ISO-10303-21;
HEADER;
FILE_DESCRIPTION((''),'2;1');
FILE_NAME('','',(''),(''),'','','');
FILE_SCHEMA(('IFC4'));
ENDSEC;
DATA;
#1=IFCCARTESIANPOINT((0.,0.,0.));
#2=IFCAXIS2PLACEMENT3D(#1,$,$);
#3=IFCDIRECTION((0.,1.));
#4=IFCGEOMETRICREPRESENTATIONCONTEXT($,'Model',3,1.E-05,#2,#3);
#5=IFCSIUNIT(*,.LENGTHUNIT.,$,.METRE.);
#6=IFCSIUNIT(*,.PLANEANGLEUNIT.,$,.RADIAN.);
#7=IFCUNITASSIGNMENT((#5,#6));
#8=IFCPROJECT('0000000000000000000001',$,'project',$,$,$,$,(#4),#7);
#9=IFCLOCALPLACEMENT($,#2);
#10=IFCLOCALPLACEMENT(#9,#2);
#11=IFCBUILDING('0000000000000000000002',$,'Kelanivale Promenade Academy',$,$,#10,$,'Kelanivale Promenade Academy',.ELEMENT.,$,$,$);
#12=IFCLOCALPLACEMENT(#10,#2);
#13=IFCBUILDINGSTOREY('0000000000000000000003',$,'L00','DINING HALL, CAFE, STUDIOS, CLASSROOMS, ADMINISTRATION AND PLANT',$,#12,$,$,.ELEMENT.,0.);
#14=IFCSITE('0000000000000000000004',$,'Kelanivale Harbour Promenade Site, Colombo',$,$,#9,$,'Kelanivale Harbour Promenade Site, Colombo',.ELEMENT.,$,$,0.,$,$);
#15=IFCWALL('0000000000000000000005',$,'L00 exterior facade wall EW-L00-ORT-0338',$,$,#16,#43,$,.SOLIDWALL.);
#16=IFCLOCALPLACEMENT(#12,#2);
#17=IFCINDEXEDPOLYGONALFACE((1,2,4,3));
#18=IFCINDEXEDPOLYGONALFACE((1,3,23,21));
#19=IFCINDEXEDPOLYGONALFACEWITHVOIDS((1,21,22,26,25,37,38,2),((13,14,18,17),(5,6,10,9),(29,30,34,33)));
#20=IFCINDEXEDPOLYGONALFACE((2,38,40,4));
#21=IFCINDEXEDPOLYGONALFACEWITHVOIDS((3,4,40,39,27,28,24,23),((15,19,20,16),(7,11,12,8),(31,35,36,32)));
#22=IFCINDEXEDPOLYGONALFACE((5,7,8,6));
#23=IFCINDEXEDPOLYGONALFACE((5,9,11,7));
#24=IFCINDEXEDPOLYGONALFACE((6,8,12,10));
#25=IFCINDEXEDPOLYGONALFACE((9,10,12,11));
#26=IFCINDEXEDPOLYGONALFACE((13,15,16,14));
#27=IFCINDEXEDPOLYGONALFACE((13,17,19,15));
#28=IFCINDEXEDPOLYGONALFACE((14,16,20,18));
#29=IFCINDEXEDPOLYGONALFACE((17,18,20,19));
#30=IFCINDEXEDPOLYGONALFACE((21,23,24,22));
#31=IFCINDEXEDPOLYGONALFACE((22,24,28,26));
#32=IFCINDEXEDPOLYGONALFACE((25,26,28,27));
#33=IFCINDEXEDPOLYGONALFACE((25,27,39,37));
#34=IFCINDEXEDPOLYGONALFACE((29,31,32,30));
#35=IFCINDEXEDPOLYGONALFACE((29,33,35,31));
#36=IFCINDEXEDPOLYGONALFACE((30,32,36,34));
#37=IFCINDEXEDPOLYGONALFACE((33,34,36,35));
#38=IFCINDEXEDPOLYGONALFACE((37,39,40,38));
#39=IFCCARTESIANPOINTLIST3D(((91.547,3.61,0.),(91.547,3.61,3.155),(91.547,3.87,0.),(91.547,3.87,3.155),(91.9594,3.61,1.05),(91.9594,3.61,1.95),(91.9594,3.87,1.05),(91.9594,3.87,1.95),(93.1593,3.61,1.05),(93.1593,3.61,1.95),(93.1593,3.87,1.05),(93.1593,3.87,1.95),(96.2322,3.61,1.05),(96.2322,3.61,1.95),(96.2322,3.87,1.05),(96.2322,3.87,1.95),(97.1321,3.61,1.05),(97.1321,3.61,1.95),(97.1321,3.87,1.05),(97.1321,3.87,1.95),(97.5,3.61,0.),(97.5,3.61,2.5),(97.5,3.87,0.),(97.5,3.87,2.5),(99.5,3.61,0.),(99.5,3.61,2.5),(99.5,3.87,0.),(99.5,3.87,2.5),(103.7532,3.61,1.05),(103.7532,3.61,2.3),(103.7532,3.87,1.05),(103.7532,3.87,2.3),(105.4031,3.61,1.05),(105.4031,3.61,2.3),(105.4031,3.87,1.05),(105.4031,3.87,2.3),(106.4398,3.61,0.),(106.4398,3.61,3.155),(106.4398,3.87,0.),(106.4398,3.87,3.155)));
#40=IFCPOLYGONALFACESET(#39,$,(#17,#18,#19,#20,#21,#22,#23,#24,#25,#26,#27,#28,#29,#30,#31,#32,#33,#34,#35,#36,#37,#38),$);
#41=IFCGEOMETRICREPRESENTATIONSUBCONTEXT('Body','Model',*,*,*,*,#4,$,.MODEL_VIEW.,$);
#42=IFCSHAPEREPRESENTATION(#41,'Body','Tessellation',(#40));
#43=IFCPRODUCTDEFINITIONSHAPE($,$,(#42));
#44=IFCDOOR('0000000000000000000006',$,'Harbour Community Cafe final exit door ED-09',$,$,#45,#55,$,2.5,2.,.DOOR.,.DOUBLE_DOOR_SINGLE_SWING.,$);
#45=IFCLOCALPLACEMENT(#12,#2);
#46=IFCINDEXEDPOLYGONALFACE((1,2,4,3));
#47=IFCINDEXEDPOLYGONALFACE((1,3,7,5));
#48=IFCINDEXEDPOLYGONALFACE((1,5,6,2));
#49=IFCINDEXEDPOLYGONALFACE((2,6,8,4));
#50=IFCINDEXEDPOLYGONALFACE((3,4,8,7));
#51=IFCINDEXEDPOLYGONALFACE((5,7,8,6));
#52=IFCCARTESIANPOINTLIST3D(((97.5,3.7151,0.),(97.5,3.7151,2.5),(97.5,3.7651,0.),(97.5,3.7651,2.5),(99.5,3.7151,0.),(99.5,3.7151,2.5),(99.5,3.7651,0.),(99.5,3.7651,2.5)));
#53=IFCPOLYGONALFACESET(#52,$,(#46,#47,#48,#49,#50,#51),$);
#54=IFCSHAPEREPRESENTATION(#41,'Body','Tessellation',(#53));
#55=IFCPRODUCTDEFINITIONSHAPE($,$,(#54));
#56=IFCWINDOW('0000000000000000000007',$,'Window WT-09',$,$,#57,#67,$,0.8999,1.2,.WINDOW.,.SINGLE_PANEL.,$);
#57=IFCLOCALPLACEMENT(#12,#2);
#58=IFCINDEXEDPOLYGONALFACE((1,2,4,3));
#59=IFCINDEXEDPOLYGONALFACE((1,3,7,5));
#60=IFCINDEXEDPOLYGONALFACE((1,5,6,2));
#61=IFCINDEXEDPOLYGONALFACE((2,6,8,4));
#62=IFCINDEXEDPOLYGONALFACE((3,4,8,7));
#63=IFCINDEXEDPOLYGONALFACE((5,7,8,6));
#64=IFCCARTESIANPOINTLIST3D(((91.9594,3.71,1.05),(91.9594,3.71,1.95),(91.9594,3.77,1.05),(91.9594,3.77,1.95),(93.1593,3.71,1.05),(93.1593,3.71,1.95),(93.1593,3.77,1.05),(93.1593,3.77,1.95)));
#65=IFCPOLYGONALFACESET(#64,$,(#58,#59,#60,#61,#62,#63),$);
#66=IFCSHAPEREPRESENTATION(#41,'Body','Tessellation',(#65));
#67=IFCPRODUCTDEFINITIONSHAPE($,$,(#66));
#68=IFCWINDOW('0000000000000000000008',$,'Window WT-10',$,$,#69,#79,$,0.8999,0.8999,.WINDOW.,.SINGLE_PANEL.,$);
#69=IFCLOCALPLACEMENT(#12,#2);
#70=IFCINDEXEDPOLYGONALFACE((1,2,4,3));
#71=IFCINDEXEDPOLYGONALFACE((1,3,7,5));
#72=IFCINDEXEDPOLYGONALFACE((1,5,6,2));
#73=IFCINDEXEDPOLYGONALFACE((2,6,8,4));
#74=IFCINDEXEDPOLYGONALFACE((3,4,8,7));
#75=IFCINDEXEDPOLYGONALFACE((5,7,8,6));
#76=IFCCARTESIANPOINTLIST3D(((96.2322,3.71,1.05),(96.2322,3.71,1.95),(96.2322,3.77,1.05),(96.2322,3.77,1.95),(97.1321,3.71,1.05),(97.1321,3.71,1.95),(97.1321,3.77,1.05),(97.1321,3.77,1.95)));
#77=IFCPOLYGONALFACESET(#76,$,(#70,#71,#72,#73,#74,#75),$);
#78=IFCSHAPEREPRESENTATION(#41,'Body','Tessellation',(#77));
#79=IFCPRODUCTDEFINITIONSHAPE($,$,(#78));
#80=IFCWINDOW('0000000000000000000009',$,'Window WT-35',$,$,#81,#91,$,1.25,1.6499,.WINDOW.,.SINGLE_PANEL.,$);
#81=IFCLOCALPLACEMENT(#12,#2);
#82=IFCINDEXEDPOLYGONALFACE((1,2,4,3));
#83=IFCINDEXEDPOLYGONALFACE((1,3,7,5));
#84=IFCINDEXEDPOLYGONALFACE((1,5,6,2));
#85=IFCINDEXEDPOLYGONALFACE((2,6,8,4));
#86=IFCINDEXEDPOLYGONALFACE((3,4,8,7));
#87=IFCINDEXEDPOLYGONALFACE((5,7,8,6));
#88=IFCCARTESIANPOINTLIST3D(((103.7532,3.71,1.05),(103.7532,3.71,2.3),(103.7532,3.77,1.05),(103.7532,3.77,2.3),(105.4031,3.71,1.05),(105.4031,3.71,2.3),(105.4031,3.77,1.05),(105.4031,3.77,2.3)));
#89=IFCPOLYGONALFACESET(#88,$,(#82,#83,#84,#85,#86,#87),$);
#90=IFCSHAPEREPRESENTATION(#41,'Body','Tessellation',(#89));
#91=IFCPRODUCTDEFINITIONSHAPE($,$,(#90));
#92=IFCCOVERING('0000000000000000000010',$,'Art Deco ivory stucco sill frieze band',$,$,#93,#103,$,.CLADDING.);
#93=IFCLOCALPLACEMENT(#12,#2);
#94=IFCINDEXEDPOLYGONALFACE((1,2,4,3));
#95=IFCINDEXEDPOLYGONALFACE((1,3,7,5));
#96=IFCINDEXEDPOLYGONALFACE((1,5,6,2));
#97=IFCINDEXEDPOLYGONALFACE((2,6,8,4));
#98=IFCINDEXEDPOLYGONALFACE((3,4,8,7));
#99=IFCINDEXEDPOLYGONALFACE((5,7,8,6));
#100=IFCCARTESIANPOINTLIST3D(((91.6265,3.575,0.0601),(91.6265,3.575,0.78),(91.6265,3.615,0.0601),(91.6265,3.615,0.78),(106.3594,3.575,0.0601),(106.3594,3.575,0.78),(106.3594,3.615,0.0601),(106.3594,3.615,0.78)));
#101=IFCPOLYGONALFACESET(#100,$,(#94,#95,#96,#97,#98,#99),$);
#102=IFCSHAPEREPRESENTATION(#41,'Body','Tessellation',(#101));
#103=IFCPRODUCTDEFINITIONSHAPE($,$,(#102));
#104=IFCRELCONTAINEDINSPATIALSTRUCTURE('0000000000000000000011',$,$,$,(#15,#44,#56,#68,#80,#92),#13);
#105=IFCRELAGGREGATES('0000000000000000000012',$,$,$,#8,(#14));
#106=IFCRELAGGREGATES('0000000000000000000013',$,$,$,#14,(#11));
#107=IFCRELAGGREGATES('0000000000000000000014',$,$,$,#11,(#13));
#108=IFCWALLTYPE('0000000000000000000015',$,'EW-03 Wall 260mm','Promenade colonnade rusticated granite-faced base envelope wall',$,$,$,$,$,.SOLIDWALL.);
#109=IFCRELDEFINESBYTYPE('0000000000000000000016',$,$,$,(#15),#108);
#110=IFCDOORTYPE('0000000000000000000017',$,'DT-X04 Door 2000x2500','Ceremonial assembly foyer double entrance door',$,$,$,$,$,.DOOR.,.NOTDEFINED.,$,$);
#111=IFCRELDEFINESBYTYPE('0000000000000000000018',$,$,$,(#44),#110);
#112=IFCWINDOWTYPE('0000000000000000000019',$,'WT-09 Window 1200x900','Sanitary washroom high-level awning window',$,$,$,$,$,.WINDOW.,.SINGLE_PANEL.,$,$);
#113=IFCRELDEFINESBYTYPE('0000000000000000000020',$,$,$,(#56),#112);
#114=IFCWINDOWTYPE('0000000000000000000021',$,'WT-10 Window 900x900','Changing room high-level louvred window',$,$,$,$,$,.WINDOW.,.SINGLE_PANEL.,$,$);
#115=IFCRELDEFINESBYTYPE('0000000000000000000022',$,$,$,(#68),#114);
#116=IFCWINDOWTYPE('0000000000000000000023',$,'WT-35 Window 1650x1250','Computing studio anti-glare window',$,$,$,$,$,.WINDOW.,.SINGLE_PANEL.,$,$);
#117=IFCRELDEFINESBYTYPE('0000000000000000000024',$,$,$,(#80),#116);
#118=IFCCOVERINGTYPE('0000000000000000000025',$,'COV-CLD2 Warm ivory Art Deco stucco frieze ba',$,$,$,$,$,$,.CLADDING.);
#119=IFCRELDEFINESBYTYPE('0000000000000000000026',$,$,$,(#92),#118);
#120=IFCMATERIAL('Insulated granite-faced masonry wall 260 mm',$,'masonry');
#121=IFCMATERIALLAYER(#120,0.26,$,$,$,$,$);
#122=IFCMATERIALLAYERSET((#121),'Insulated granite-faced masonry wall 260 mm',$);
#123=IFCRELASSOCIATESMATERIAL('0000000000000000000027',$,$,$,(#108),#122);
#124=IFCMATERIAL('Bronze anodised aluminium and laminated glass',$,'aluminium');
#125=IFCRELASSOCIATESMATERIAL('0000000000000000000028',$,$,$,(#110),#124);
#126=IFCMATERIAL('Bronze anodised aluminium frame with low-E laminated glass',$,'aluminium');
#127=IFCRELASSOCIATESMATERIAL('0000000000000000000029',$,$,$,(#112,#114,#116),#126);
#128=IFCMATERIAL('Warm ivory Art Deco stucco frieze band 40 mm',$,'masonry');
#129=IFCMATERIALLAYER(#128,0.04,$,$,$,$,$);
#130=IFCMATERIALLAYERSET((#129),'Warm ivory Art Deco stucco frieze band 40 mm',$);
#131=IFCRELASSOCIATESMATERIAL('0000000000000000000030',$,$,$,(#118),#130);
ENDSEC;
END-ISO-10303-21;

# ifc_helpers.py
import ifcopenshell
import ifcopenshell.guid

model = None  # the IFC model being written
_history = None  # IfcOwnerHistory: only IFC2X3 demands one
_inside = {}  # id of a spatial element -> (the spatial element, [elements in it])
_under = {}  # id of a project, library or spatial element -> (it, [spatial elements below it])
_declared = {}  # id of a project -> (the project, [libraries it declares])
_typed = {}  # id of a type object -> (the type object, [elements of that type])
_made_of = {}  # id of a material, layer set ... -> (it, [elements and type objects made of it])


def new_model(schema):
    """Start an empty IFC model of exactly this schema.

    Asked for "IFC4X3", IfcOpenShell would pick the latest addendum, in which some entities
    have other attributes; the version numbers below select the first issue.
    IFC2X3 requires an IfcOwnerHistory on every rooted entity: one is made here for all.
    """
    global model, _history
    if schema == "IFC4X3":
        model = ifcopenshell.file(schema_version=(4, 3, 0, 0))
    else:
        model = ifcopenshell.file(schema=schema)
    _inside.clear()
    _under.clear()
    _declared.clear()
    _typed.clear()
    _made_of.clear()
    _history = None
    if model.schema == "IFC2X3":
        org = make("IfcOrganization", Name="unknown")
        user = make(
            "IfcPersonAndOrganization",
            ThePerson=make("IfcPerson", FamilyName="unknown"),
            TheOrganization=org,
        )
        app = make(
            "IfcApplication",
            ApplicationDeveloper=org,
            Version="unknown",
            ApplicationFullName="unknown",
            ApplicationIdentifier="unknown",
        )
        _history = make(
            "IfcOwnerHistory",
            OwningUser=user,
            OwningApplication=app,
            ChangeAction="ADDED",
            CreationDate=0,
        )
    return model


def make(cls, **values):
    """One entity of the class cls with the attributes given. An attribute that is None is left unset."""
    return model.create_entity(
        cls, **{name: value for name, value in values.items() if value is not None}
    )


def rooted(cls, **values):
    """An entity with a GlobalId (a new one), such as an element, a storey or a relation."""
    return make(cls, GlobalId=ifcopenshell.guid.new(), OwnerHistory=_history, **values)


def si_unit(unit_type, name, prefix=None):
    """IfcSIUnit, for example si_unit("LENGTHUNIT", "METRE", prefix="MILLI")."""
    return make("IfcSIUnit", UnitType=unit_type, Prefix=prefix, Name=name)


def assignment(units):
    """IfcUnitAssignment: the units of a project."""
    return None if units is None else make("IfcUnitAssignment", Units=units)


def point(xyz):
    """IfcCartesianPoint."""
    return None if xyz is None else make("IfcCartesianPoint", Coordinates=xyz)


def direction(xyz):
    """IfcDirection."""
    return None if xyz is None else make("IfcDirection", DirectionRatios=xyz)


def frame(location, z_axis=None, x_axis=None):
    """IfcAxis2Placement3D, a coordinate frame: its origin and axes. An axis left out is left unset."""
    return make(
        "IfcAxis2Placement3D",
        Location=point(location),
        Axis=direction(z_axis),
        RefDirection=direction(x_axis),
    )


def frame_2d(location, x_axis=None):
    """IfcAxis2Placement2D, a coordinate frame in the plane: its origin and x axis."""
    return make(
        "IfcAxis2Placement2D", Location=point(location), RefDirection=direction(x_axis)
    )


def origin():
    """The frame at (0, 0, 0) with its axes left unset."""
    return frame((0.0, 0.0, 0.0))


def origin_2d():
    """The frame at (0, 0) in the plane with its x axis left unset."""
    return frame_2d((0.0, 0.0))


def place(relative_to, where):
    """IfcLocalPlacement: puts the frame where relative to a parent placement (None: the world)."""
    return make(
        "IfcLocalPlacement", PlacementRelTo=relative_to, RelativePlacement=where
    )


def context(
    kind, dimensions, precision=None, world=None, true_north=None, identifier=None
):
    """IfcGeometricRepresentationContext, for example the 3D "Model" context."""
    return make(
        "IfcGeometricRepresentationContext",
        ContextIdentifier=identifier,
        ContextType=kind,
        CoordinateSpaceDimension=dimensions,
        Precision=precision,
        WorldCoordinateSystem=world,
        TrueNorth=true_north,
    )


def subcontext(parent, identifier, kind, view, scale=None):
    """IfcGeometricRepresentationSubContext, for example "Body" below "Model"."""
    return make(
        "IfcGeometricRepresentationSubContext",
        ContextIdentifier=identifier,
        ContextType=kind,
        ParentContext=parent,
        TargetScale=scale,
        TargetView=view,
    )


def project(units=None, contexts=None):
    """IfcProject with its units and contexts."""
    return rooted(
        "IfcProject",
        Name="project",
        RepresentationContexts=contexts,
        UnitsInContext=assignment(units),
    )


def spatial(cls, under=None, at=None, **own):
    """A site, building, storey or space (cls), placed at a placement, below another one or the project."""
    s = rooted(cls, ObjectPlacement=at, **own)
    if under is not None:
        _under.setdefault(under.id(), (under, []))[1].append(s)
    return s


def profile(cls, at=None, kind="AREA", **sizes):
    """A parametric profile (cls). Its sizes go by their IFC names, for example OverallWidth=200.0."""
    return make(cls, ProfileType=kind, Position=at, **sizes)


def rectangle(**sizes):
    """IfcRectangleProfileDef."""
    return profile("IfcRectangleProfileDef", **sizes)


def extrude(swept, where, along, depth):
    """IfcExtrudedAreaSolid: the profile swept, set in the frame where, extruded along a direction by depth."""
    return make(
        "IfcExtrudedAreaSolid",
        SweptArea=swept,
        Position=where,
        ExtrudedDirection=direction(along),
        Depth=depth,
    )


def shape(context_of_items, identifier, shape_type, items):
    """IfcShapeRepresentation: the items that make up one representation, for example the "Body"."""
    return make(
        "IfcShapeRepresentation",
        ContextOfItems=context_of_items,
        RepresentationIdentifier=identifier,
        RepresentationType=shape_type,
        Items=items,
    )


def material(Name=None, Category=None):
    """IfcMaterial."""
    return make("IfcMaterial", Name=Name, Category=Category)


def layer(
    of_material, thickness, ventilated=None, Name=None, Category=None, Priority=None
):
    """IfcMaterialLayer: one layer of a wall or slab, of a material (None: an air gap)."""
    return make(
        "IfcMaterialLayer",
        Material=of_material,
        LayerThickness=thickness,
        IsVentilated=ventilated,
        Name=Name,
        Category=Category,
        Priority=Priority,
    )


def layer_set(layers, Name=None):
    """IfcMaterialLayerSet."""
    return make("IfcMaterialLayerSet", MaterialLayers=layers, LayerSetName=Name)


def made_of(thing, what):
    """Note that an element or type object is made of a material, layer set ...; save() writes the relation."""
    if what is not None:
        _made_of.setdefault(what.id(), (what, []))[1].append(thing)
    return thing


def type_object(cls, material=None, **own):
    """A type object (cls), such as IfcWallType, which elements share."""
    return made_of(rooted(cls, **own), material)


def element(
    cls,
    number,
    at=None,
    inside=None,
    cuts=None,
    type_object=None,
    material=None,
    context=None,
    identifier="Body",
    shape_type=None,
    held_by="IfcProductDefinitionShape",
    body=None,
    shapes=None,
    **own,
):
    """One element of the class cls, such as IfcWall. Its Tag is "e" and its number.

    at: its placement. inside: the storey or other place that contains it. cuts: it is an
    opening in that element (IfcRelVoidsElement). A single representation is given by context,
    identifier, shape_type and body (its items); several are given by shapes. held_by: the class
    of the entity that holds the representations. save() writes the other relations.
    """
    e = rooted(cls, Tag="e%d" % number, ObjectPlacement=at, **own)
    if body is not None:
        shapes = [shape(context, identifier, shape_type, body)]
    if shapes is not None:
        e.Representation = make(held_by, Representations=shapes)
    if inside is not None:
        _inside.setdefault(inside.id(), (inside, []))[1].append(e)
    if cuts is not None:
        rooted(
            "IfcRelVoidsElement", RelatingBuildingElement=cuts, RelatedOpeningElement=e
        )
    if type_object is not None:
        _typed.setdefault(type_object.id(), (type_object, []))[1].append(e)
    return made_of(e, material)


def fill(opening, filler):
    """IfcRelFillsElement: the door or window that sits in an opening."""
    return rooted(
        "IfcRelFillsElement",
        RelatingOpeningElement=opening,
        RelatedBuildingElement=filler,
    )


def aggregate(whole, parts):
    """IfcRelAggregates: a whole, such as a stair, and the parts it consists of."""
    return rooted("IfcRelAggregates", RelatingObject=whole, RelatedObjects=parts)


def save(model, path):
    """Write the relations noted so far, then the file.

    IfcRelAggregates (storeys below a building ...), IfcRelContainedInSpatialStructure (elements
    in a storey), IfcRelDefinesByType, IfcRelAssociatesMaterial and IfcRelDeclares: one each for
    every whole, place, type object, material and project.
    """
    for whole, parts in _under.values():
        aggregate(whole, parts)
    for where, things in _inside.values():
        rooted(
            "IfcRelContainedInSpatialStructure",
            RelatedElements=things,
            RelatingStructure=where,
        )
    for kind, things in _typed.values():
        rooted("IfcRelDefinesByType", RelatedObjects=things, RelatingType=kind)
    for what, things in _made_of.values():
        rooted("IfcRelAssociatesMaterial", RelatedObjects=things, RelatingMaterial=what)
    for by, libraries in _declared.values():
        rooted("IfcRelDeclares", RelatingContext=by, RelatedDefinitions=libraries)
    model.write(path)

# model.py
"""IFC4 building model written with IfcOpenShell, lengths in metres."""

from ifc_helpers import new_model, si_unit, direction, frame, frame_2d, origin, origin_2d, place, context, subcontext, project, spatial, rectangle, extrude, material, layer, layer_set, type_object, element, fill, save


model = new_model("IFC4")

# Units and contexts
model_context = context("Model", 3, precision=1e-05, world=origin(), true_north=direction((0.0, 1.0)))
body_context = subcontext(model_context, "Body", "Model", "MODEL_VIEW")
ifc_project = project(units=[si_unit("LENGTHUNIT", "METRE"), si_unit("PLANEANGLEUNIT", "RADIAN")], contexts=[model_context])

# Site, building, storey
site_placement = place(None, origin())
site = spatial("IfcSite", under=ifc_project, at=site_placement, Name="Kelanivale Harbour Promenade Site, Colombo", LongName="Kelanivale Harbour Promenade Site, Colombo", CompositionType="ELEMENT", RefElevation=0.0)
building_placement = place(site_placement, origin())
building = spatial("IfcBuilding", under=site, at=building_placement, Name="Kelanivale Promenade Academy", LongName="Kelanivale Promenade Academy", CompositionType="ELEMENT")
storey_placement = place(building_placement, origin())
storey = spatial("IfcBuildingStorey", under=building, at=storey_placement, Name="L00", Description="DINING HALL, CAFE, STUDIOS, CLASSROOMS, ADMINISTRATION AND PLANT", CompositionType="ELEMENT", Elevation=0.0)

# Wall, openings, door, windows
ifc_material_1 = material(Name="Insulated granite-faced masonry wall 260 mm", Category="masonry")
ifc_layer_1 = layer(ifc_material_1, 0.26)
ifc_layer_set_1 = layer_set([ifc_layer_1], Name="Insulated granite-faced masonry wall 260 mm")
wall_type = type_object("IfcWallType", Name="EW-03 Wall 260mm", Description="Promenade colonnade rusticated granite-faced base envelope wall", PredefinedType="SOLIDWALL", material=ifc_layer_set_1)
wall_placement = place(storey_placement, frame((91.5471, 3.74, 0.0), z_axis=(0.0, 0.0, 1.0), x_axis=(1.0, 0.0, 0.0)))
wall = element("IfcWall", 1, at=wall_placement, inside=storey, type_object=wall_type, Name="L00 exterior facade wall EW-L00-ORT-0338", PredefinedType="SOLIDWALL", context=body_context, shape_type="SweptSolid", body=[
    extrude(rectangle(XDim=14.8928, YDim=0.26, at=frame_2d((7.4463, 0.0))), origin(), (0.0, 0.0, 1.0), 3.155),
])
opening_1_placement = place(wall_placement, frame((5.9529, 0.0, 0.0)))
opening_1 = element("IfcOpeningElement", 2, at=opening_1_placement, cuts=wall, PredefinedType="OPENING", context=body_context, shape_type="SweptSolid", body=[
    extrude(rectangle(XDim=2.0, YDim=2.5, at=frame_2d((1.0, 1.25))), frame((0.0, 0.1401, 0.0), z_axis=(0.0, -1.0, 0.0), x_axis=(1.0, 0.0, 0.0)), (0.0, 0.0, 1.0), 0.28),
])
opening_2_placement = place(wall_placement, frame((0.4121, 0.0, 1.05)))
opening_2 = element("IfcOpeningElement", 3, at=opening_2_placement, cuts=wall, PredefinedType="OPENING", context=body_context, shape_type="SweptSolid", body=[
    extrude(rectangle(XDim=1.2, YDim=0.8999, at=frame_2d((0.6001, 0.45))), frame((0.0, 0.1401, 0.0), z_axis=(0.0, -1.0, 0.0), x_axis=(1.0, 0.0, 0.0)), (0.0, 0.0, 1.0), 0.28),
])
opening_3_placement = place(wall_placement, frame((4.6851, 0.0, 1.05)))
opening_3 = element("IfcOpeningElement", 4, at=opening_3_placement, cuts=wall, PredefinedType="OPENING", context=body_context, shape_type="SweptSolid", body=[
    extrude(rectangle(XDim=0.8999, YDim=0.8999, at=frame_2d((0.45, 0.45))), frame((0.0, 0.1401, 0.0), z_axis=(0.0, -1.0, 0.0), x_axis=(1.0, 0.0, 0.0)), (0.0, 0.0, 1.0), 0.28),
])
opening_4_placement = place(wall_placement, frame((12.2061, 0.0, 1.05)))
opening_4 = element("IfcOpeningElement", 5, at=opening_4_placement, cuts=wall, PredefinedType="OPENING", context=body_context, shape_type="SweptSolid", body=[
    extrude(rectangle(XDim=1.6499, YDim=1.25, at=frame_2d((0.825, 0.625))), frame((0.0, 0.1401, 0.0), z_axis=(0.0, -1.0, 0.0), x_axis=(1.0, 0.0, 0.0)), (0.0, 0.0, 1.0), 0.28),
])
ifc_material_2 = material(Name="Bronze anodised aluminium and laminated glass", Category="aluminium")
door_type = type_object("IfcDoorType", Name="DT-X04 Door 2000x2500", Description="Ceremonial assembly foyer double entrance door", OperationType="NOTDEFINED", PredefinedType="DOOR", material=ifc_material_2)
door_placement = place(opening_1_placement, frame((2.0, 0.0, 0.0), z_axis=(0.0, 0.0, 1.0), x_axis=(-1.0, 0.0, 0.0)))
door = element("IfcDoor", 6, at=door_placement, inside=storey, type_object=door_type, Name="Harbour Community Cafe final exit door ED-09", OperationType="DOUBLE_DOOR_SINGLE_SWING", OverallHeight=2.5, OverallWidth=2.0, PredefinedType="DOOR", context=body_context, shape_type="SweptSolid", body=[
    extrude(rectangle(XDim=2.0, YDim=2.5, at=frame_2d((1.0, 1.25))), frame((0.0, 0.0249, 0.0), z_axis=(0.0, -1.0, 0.0), x_axis=(1.0, 0.0, 0.0)), (0.0, 0.0, 1.0), 0.05),
])
fill(opening_1, door)
ifc_material_3 = material(Name="Bronze anodised aluminium frame with low-E laminated glass", Category="aluminium")
window_type_1 = type_object("IfcWindowType", Name="WT-09 Window 1200x900", Description="Sanitary washroom high-level awning window", PartitioningType="SINGLE_PANEL", PredefinedType="WINDOW", material=ifc_material_3)
window_1_placement = place(opening_2_placement, origin())
window_1 = element("IfcWindow", 7, at=window_1_placement, inside=storey, type_object=window_type_1, Name="Window WT-09", OverallHeight=0.8999, OverallWidth=1.2, PartitioningType="SINGLE_PANEL", PredefinedType="WINDOW", context=body_context, shape_type="SweptSolid", body=[
    extrude(rectangle(XDim=1.2, YDim=0.8999, at=frame_2d((0.6001, 0.45))), frame((0.0, 0.03, 0.0), z_axis=(0.0, -1.0, 0.0), x_axis=(1.0, 0.0, 0.0)), (0.0, 0.0, 1.0), 0.0601),
])
fill(opening_2, window_1)
window_type_2 = type_object("IfcWindowType", Name="WT-10 Window 900x900", Description="Changing room high-level louvred window", PartitioningType="SINGLE_PANEL", PredefinedType="WINDOW", material=ifc_material_3)
window_2_placement = place(opening_3_placement, origin())
window_2 = element("IfcWindow", 8, at=window_2_placement, inside=storey, type_object=window_type_2, Name="Window WT-10", OverallHeight=0.8999, OverallWidth=0.8999, PartitioningType="SINGLE_PANEL", PredefinedType="WINDOW", context=body_context, shape_type="SweptSolid", body=[
    extrude(rectangle(XDim=0.8999, YDim=0.8999, at=frame_2d((0.45, 0.45))), frame((0.0, 0.03, 0.0), z_axis=(0.0, -1.0, 0.0), x_axis=(1.0, 0.0, 0.0)), (0.0, 0.0, 1.0), 0.0601),
])
fill(opening_3, window_2)
window_type_3 = type_object("IfcWindowType", Name="WT-35 Window 1650x1250", Description="Computing studio anti-glare window", PartitioningType="SINGLE_PANEL", PredefinedType="WINDOW", material=ifc_material_3)
window_3_placement = place(opening_4_placement, origin())
window_3 = element("IfcWindow", 9, at=window_3_placement, inside=storey, type_object=window_type_3, Name="Window WT-35", OverallHeight=1.25, OverallWidth=1.6499, PartitioningType="SINGLE_PANEL", PredefinedType="WINDOW", context=body_context, shape_type="SweptSolid", body=[
    extrude(rectangle(XDim=1.6499, YDim=1.25, at=frame_2d((0.825, 0.625))), frame((0.0, 0.03, 0.0), z_axis=(0.0, -1.0, 0.0), x_axis=(1.0, 0.0, 0.0)), (0.0, 0.0, 1.0), 0.0601),
])
fill(opening_4, window_3)

# Covering
ifc_material_4 = material(Name="Warm ivory Art Deco stucco frieze band 40 mm", Category="masonry")
ifc_layer_2 = layer(ifc_material_4, 0.04)
ifc_layer_set_2 = layer_set([ifc_layer_2], Name="Warm ivory Art Deco stucco frieze band 40 mm")
covering_type = type_object("IfcCoveringType", Name="COV-CLD2 Warm ivory Art Deco stucco frieze ba", PredefinedType="CLADDING", material=ifc_layer_set_2)
covering_placement = place(storey_placement, frame((98.9929, 3.595, 0.0601), z_axis=(0.0, 0.0, 1.0), x_axis=(1.0, 0.0, 0.0)))
element("IfcCovering", 10, at=covering_placement, inside=storey, type_object=covering_type, Name="Art Deco ivory stucco sill frieze band", PredefinedType="CLADDING", context=body_context, shape_type="SweptSolid", body=[
    extrude(rectangle(XDim=14.7329, YDim=0.04, at=origin_2d()), origin(), (0.0, 0.0, 1.0), 0.72),
])

save(model, "model.ifc")
